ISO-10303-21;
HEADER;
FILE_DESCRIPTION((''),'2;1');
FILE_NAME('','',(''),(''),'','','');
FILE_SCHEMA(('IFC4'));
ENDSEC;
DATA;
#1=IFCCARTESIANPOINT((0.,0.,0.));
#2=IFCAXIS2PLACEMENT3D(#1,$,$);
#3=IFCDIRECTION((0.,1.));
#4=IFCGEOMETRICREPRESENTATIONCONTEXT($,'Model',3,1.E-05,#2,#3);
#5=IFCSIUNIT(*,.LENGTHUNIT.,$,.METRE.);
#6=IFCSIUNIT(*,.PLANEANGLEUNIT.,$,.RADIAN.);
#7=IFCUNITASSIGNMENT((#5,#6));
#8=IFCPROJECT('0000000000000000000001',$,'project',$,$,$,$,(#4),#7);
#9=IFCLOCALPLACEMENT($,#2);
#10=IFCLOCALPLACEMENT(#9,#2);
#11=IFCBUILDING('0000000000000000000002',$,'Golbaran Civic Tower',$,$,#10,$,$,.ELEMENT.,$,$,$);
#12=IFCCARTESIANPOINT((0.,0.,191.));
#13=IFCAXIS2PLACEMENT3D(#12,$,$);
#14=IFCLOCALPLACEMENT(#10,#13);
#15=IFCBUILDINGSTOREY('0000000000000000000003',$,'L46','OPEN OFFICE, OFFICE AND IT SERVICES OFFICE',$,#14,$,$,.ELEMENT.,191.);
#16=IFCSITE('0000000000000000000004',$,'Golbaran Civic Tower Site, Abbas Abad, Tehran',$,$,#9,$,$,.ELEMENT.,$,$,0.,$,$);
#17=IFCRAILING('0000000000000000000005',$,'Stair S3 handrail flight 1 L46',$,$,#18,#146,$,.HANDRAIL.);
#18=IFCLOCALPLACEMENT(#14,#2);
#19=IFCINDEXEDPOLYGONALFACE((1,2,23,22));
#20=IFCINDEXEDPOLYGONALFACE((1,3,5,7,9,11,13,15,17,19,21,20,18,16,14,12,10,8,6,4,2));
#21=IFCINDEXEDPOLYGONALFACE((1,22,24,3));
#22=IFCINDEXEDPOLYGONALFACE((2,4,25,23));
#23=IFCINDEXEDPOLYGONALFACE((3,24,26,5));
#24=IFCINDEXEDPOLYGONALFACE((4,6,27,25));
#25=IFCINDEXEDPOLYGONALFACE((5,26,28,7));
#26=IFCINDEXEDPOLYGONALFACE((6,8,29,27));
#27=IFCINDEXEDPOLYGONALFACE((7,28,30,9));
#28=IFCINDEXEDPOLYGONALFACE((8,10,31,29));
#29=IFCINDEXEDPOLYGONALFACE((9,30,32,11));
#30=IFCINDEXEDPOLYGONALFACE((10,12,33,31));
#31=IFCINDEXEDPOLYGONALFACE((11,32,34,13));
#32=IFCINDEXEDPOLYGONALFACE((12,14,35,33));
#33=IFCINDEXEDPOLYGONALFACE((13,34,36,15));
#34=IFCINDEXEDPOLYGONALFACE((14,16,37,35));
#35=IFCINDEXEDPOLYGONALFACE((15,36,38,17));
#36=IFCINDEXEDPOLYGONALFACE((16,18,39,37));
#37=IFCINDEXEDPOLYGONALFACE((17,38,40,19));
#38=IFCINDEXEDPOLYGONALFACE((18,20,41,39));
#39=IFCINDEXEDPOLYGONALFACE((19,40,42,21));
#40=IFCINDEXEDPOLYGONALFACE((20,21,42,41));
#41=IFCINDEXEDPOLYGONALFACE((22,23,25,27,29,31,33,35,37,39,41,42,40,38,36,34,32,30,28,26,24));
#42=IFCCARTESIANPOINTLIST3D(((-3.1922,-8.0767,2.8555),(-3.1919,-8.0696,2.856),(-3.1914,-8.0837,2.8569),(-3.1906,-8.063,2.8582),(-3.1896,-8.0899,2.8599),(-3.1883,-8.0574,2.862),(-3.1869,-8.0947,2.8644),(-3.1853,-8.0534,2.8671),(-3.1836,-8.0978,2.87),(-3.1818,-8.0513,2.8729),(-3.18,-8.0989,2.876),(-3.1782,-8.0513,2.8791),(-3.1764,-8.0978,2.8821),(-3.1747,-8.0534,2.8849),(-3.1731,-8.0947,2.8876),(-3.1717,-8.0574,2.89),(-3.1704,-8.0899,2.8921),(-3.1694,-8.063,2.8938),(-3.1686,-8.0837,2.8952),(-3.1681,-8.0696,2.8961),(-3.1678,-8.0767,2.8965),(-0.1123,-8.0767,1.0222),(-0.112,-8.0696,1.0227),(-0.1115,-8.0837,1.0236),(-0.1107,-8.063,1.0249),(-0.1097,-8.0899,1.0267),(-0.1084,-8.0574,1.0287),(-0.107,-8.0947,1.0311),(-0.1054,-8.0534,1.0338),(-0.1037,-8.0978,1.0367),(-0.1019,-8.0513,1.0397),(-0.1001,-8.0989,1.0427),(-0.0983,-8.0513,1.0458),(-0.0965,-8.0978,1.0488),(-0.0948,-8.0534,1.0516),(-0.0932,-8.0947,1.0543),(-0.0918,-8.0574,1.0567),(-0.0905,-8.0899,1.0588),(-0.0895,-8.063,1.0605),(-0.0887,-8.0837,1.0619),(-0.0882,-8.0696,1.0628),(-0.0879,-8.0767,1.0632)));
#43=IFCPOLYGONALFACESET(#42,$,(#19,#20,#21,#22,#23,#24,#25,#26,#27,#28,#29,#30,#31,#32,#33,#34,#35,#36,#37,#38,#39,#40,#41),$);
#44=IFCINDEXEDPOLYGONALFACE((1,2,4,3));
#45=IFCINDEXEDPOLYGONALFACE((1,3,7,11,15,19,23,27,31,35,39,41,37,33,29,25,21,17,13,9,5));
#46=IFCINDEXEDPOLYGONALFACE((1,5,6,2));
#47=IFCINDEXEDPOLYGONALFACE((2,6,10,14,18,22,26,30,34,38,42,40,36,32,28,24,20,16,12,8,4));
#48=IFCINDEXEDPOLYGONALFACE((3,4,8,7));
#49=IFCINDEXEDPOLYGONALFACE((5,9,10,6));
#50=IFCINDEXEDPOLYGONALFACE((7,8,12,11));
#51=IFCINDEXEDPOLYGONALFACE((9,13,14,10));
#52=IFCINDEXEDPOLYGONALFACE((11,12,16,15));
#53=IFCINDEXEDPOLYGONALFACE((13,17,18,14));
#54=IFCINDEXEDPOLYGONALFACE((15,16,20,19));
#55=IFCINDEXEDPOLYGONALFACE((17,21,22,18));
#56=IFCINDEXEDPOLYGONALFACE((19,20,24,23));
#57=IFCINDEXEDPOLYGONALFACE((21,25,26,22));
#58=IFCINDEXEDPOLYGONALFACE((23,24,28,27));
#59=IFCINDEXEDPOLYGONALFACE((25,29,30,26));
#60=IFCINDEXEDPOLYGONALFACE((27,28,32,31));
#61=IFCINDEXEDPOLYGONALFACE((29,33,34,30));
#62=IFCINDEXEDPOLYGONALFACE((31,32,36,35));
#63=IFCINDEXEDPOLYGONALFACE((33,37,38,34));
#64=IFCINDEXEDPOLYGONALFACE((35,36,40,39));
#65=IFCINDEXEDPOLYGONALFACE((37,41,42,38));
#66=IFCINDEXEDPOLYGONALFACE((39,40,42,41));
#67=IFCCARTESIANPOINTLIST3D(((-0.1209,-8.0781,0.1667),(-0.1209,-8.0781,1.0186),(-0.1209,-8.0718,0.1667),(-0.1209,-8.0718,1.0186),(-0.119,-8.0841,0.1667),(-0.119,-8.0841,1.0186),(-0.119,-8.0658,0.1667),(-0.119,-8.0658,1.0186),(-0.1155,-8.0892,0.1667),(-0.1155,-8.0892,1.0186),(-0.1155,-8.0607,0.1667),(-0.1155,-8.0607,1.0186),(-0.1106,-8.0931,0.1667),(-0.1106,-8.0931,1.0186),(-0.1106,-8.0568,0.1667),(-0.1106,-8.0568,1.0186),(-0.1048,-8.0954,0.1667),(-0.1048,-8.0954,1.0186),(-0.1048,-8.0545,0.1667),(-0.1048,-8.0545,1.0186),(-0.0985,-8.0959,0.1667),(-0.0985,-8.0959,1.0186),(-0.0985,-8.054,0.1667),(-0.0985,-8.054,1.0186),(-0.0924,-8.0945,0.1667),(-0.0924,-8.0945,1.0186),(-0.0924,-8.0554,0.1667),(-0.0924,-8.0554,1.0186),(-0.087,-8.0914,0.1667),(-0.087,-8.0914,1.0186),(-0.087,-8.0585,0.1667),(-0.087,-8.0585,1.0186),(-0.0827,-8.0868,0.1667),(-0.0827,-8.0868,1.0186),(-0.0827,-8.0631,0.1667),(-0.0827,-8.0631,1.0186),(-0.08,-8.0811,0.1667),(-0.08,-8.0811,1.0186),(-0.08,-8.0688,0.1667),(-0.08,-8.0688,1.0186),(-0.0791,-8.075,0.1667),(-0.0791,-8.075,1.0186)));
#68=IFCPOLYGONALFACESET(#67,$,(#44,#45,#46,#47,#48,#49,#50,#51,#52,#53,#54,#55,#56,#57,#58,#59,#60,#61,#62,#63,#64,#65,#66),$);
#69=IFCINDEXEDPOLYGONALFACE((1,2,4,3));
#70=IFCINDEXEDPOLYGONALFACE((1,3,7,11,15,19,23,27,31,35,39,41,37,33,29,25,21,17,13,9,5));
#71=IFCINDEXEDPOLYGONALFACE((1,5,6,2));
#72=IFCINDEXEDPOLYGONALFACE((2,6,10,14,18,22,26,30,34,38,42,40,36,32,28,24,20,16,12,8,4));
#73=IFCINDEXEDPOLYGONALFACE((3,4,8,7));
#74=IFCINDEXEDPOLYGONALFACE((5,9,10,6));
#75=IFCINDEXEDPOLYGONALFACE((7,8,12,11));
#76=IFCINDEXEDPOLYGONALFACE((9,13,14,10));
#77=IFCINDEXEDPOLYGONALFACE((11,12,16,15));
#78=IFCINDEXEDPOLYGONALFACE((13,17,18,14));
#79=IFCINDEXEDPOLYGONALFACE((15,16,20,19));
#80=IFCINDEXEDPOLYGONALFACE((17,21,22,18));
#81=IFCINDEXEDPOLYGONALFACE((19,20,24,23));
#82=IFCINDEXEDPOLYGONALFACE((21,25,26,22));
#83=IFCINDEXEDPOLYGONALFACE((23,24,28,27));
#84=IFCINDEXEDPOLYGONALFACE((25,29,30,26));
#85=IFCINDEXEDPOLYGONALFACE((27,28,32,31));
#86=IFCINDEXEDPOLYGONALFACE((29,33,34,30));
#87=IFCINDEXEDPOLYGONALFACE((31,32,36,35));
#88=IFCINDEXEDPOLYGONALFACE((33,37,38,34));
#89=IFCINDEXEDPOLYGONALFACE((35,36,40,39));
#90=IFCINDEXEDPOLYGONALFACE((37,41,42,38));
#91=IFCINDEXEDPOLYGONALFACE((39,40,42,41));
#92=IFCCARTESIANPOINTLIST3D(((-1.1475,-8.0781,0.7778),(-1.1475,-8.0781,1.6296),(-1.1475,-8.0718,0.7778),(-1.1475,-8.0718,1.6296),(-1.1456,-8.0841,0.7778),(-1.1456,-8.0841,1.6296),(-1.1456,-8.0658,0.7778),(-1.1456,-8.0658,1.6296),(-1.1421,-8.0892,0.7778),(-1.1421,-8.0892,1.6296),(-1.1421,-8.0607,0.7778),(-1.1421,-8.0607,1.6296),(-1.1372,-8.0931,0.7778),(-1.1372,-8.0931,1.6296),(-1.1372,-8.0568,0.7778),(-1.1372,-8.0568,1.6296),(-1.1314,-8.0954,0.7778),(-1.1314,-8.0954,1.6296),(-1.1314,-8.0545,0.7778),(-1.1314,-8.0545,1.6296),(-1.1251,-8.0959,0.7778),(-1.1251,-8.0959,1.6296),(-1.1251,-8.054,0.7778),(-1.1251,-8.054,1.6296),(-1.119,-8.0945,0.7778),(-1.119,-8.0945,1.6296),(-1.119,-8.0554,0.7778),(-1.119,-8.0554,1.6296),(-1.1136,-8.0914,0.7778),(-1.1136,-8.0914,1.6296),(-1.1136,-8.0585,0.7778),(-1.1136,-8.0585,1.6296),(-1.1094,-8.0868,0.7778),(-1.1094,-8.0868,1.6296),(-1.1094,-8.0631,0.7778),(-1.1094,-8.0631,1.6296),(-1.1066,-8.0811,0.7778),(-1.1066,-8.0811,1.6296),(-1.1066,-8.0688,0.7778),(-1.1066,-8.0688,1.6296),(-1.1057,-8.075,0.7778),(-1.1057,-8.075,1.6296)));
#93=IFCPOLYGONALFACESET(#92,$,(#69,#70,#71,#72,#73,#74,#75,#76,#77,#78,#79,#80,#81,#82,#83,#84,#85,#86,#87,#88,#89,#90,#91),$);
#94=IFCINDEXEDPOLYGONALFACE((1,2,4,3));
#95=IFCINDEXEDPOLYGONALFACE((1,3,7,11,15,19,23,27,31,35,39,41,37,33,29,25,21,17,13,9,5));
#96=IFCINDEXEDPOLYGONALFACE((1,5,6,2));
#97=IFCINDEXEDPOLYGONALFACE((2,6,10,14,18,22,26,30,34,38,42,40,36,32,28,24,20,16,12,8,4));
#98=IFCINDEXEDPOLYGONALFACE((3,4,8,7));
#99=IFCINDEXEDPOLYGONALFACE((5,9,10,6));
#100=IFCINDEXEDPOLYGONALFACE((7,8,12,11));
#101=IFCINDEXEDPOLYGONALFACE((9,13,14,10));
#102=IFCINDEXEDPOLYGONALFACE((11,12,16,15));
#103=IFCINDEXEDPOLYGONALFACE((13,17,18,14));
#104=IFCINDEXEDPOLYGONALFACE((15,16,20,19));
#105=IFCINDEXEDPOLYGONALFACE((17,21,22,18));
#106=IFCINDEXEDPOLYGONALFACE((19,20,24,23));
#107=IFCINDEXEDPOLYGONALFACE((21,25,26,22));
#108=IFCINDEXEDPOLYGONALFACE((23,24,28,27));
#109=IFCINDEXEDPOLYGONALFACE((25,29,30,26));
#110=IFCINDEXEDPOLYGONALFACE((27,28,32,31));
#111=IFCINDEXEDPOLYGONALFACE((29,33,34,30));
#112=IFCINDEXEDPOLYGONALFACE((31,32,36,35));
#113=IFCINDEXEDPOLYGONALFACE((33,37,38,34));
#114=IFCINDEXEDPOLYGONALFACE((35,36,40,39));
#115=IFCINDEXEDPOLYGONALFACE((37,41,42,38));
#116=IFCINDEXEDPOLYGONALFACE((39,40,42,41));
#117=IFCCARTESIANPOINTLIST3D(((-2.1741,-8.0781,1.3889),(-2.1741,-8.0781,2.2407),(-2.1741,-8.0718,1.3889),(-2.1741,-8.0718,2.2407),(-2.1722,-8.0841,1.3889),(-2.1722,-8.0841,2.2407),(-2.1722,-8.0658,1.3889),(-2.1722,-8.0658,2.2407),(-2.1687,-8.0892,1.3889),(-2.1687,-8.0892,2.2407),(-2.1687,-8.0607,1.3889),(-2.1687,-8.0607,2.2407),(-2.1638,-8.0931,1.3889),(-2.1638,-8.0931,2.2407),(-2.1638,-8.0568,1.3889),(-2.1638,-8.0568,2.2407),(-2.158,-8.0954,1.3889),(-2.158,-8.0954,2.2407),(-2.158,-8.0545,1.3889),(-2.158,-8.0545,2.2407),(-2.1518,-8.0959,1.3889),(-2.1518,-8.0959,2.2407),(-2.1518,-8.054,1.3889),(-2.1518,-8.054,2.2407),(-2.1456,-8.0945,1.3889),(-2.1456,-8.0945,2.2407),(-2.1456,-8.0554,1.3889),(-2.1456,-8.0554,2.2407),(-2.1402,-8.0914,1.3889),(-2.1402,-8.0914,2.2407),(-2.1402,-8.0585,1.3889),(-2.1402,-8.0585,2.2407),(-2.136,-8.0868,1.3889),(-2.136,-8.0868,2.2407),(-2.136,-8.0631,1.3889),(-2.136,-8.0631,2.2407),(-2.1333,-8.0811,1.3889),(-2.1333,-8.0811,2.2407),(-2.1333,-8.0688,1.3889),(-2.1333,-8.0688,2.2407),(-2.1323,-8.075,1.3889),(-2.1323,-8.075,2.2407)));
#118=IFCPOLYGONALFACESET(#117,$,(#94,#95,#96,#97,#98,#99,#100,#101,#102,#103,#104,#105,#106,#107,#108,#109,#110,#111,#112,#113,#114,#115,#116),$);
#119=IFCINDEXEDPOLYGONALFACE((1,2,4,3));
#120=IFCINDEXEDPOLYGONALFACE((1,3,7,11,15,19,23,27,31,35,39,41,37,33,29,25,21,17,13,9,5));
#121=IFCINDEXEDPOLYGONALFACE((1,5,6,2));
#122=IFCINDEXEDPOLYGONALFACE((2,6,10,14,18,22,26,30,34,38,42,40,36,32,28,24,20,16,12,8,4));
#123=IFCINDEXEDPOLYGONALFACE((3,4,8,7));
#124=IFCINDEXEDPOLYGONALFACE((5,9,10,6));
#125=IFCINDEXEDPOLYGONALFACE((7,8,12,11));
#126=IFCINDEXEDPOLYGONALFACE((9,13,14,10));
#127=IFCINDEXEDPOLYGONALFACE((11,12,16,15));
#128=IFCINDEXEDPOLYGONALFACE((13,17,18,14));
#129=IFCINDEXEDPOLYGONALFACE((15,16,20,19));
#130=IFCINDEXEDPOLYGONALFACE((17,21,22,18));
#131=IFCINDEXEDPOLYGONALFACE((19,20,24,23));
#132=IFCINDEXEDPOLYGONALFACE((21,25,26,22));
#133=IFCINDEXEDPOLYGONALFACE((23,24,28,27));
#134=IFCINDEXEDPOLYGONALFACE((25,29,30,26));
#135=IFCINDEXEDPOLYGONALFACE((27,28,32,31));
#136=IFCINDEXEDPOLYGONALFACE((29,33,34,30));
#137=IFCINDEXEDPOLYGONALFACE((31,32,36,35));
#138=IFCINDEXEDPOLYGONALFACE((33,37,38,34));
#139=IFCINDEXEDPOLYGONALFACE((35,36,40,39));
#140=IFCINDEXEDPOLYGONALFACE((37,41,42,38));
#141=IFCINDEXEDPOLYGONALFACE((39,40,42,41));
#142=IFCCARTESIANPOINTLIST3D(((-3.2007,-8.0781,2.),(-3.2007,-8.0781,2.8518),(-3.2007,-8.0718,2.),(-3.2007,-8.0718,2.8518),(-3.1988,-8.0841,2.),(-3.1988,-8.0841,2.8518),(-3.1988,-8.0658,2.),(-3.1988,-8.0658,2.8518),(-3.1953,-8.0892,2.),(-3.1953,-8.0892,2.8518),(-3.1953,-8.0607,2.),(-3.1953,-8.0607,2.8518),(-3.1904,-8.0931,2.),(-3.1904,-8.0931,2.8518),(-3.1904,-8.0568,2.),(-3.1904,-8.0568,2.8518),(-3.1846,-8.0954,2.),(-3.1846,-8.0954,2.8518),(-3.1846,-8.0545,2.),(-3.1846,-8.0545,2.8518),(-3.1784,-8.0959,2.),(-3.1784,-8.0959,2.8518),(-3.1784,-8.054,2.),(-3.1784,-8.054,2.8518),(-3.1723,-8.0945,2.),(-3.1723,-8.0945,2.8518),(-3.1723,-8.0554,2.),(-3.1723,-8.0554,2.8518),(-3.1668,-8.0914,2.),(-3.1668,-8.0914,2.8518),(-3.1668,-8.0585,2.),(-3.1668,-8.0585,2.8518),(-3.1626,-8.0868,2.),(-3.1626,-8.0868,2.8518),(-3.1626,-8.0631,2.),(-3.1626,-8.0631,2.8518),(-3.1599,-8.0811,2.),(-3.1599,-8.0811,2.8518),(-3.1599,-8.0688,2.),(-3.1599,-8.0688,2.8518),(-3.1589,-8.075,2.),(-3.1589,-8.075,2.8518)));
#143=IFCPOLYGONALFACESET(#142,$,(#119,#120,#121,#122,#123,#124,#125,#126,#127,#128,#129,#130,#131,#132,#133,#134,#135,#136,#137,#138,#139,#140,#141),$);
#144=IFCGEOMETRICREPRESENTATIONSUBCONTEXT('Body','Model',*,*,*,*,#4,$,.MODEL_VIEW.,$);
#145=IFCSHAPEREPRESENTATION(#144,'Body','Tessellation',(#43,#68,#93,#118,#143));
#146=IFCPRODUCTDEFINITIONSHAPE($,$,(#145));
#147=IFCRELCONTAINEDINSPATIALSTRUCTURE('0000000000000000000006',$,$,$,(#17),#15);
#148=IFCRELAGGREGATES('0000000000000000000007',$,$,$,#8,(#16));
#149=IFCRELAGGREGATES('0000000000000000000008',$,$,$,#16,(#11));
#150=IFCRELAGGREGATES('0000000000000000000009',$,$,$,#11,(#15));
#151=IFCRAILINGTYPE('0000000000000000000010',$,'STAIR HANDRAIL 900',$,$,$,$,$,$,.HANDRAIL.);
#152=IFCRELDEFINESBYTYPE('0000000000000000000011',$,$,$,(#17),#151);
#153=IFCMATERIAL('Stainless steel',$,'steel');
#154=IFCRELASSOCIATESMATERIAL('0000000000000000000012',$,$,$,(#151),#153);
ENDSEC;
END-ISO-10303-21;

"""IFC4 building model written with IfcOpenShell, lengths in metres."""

from ifc_helpers import new_model, si_unit, direction, frame, origin, origin_2d, place, context, subcontext, project, spatial, circle, extrude, material, type_object, element, save


model = new_model("IFC4")

# Units and contexts
model_context = context("Model", 3, precision=1e-05, world=origin(), true_north=direction((0.0, 1.0)))
body_context = subcontext(model_context, "Body", "Model", "MODEL_VIEW")
ifc_project = project(units=[si_unit("LENGTHUNIT", "METRE"), si_unit("PLANEANGLEUNIT", "RADIAN")], contexts=[model_context])

# Site, building, storey
site_placement = place(None, origin())
site = spatial("IfcSite", under=ifc_project, at=site_placement, Name="Golbaran Civic Tower Site, Abbas Abad, Tehran", CompositionType="ELEMENT", RefElevation=0.0)
building_placement = place(site_placement, origin())
building = spatial("IfcBuilding", under=site, at=building_placement, Name="Golbaran Civic Tower", CompositionType="ELEMENT")
storey_placement = place(building_placement, frame((0.0, 0.0, 191.0)))
storey = spatial("IfcBuildingStorey", under=building, at=storey_placement, Name="L46", Description="OPEN OFFICE, OFFICE AND IT SERVICES OFFICE", CompositionType="ELEMENT", Elevation=191.0)

# Railing
ifc_material_1 = material(Name="Stainless steel", Category="steel")
railing_type = type_object("IfcRailingType", Name="STAIR HANDRAIL 900", PredefinedType="HANDRAIL", material=ifc_material_1)
railing_1_placement = place(storey_placement, frame((-0.1001, -8.075, 0.1667)))
element("IfcRailing", 1, at=railing_1_placement, inside=storey, type_object=railing_type, Name="Stair S3 handrail flight 1 L46", PredefinedType="HANDRAIL", context=body_context, shape_type="SweptSolid", body=[
    extrude(circle(Radius=0.0239, at=origin_2d()), frame((0.0, 0.0, 0.876), z_axis=(-0.859291, 0.0, 0.511487), x_axis=(0.0, -1.0, 0.0)), (0.0, 0.0, 1.0), 3.5842),
    extrude(circle(Radius=0.021, at=origin_2d()), origin(), (0.0, 0.0, 1.0), 0.8518),
    extrude(circle(Radius=0.021, at=origin_2d()), frame((-1.0266, 0.0, 0.6111)), (0.0, 0.0, 1.0), 0.8518),
    extrude(circle(Radius=0.021, at=origin_2d()), frame((-2.0532, 0.0, 1.2222)), (0.0, 0.0, 1.0), 0.8518),
    extrude(circle(Radius=0.021, at=origin_2d()), frame((-3.0798, 0.0, 1.8333)), (0.0, 0.0, 1.0), 0.8518),
])

save(model, "model.ifc")
